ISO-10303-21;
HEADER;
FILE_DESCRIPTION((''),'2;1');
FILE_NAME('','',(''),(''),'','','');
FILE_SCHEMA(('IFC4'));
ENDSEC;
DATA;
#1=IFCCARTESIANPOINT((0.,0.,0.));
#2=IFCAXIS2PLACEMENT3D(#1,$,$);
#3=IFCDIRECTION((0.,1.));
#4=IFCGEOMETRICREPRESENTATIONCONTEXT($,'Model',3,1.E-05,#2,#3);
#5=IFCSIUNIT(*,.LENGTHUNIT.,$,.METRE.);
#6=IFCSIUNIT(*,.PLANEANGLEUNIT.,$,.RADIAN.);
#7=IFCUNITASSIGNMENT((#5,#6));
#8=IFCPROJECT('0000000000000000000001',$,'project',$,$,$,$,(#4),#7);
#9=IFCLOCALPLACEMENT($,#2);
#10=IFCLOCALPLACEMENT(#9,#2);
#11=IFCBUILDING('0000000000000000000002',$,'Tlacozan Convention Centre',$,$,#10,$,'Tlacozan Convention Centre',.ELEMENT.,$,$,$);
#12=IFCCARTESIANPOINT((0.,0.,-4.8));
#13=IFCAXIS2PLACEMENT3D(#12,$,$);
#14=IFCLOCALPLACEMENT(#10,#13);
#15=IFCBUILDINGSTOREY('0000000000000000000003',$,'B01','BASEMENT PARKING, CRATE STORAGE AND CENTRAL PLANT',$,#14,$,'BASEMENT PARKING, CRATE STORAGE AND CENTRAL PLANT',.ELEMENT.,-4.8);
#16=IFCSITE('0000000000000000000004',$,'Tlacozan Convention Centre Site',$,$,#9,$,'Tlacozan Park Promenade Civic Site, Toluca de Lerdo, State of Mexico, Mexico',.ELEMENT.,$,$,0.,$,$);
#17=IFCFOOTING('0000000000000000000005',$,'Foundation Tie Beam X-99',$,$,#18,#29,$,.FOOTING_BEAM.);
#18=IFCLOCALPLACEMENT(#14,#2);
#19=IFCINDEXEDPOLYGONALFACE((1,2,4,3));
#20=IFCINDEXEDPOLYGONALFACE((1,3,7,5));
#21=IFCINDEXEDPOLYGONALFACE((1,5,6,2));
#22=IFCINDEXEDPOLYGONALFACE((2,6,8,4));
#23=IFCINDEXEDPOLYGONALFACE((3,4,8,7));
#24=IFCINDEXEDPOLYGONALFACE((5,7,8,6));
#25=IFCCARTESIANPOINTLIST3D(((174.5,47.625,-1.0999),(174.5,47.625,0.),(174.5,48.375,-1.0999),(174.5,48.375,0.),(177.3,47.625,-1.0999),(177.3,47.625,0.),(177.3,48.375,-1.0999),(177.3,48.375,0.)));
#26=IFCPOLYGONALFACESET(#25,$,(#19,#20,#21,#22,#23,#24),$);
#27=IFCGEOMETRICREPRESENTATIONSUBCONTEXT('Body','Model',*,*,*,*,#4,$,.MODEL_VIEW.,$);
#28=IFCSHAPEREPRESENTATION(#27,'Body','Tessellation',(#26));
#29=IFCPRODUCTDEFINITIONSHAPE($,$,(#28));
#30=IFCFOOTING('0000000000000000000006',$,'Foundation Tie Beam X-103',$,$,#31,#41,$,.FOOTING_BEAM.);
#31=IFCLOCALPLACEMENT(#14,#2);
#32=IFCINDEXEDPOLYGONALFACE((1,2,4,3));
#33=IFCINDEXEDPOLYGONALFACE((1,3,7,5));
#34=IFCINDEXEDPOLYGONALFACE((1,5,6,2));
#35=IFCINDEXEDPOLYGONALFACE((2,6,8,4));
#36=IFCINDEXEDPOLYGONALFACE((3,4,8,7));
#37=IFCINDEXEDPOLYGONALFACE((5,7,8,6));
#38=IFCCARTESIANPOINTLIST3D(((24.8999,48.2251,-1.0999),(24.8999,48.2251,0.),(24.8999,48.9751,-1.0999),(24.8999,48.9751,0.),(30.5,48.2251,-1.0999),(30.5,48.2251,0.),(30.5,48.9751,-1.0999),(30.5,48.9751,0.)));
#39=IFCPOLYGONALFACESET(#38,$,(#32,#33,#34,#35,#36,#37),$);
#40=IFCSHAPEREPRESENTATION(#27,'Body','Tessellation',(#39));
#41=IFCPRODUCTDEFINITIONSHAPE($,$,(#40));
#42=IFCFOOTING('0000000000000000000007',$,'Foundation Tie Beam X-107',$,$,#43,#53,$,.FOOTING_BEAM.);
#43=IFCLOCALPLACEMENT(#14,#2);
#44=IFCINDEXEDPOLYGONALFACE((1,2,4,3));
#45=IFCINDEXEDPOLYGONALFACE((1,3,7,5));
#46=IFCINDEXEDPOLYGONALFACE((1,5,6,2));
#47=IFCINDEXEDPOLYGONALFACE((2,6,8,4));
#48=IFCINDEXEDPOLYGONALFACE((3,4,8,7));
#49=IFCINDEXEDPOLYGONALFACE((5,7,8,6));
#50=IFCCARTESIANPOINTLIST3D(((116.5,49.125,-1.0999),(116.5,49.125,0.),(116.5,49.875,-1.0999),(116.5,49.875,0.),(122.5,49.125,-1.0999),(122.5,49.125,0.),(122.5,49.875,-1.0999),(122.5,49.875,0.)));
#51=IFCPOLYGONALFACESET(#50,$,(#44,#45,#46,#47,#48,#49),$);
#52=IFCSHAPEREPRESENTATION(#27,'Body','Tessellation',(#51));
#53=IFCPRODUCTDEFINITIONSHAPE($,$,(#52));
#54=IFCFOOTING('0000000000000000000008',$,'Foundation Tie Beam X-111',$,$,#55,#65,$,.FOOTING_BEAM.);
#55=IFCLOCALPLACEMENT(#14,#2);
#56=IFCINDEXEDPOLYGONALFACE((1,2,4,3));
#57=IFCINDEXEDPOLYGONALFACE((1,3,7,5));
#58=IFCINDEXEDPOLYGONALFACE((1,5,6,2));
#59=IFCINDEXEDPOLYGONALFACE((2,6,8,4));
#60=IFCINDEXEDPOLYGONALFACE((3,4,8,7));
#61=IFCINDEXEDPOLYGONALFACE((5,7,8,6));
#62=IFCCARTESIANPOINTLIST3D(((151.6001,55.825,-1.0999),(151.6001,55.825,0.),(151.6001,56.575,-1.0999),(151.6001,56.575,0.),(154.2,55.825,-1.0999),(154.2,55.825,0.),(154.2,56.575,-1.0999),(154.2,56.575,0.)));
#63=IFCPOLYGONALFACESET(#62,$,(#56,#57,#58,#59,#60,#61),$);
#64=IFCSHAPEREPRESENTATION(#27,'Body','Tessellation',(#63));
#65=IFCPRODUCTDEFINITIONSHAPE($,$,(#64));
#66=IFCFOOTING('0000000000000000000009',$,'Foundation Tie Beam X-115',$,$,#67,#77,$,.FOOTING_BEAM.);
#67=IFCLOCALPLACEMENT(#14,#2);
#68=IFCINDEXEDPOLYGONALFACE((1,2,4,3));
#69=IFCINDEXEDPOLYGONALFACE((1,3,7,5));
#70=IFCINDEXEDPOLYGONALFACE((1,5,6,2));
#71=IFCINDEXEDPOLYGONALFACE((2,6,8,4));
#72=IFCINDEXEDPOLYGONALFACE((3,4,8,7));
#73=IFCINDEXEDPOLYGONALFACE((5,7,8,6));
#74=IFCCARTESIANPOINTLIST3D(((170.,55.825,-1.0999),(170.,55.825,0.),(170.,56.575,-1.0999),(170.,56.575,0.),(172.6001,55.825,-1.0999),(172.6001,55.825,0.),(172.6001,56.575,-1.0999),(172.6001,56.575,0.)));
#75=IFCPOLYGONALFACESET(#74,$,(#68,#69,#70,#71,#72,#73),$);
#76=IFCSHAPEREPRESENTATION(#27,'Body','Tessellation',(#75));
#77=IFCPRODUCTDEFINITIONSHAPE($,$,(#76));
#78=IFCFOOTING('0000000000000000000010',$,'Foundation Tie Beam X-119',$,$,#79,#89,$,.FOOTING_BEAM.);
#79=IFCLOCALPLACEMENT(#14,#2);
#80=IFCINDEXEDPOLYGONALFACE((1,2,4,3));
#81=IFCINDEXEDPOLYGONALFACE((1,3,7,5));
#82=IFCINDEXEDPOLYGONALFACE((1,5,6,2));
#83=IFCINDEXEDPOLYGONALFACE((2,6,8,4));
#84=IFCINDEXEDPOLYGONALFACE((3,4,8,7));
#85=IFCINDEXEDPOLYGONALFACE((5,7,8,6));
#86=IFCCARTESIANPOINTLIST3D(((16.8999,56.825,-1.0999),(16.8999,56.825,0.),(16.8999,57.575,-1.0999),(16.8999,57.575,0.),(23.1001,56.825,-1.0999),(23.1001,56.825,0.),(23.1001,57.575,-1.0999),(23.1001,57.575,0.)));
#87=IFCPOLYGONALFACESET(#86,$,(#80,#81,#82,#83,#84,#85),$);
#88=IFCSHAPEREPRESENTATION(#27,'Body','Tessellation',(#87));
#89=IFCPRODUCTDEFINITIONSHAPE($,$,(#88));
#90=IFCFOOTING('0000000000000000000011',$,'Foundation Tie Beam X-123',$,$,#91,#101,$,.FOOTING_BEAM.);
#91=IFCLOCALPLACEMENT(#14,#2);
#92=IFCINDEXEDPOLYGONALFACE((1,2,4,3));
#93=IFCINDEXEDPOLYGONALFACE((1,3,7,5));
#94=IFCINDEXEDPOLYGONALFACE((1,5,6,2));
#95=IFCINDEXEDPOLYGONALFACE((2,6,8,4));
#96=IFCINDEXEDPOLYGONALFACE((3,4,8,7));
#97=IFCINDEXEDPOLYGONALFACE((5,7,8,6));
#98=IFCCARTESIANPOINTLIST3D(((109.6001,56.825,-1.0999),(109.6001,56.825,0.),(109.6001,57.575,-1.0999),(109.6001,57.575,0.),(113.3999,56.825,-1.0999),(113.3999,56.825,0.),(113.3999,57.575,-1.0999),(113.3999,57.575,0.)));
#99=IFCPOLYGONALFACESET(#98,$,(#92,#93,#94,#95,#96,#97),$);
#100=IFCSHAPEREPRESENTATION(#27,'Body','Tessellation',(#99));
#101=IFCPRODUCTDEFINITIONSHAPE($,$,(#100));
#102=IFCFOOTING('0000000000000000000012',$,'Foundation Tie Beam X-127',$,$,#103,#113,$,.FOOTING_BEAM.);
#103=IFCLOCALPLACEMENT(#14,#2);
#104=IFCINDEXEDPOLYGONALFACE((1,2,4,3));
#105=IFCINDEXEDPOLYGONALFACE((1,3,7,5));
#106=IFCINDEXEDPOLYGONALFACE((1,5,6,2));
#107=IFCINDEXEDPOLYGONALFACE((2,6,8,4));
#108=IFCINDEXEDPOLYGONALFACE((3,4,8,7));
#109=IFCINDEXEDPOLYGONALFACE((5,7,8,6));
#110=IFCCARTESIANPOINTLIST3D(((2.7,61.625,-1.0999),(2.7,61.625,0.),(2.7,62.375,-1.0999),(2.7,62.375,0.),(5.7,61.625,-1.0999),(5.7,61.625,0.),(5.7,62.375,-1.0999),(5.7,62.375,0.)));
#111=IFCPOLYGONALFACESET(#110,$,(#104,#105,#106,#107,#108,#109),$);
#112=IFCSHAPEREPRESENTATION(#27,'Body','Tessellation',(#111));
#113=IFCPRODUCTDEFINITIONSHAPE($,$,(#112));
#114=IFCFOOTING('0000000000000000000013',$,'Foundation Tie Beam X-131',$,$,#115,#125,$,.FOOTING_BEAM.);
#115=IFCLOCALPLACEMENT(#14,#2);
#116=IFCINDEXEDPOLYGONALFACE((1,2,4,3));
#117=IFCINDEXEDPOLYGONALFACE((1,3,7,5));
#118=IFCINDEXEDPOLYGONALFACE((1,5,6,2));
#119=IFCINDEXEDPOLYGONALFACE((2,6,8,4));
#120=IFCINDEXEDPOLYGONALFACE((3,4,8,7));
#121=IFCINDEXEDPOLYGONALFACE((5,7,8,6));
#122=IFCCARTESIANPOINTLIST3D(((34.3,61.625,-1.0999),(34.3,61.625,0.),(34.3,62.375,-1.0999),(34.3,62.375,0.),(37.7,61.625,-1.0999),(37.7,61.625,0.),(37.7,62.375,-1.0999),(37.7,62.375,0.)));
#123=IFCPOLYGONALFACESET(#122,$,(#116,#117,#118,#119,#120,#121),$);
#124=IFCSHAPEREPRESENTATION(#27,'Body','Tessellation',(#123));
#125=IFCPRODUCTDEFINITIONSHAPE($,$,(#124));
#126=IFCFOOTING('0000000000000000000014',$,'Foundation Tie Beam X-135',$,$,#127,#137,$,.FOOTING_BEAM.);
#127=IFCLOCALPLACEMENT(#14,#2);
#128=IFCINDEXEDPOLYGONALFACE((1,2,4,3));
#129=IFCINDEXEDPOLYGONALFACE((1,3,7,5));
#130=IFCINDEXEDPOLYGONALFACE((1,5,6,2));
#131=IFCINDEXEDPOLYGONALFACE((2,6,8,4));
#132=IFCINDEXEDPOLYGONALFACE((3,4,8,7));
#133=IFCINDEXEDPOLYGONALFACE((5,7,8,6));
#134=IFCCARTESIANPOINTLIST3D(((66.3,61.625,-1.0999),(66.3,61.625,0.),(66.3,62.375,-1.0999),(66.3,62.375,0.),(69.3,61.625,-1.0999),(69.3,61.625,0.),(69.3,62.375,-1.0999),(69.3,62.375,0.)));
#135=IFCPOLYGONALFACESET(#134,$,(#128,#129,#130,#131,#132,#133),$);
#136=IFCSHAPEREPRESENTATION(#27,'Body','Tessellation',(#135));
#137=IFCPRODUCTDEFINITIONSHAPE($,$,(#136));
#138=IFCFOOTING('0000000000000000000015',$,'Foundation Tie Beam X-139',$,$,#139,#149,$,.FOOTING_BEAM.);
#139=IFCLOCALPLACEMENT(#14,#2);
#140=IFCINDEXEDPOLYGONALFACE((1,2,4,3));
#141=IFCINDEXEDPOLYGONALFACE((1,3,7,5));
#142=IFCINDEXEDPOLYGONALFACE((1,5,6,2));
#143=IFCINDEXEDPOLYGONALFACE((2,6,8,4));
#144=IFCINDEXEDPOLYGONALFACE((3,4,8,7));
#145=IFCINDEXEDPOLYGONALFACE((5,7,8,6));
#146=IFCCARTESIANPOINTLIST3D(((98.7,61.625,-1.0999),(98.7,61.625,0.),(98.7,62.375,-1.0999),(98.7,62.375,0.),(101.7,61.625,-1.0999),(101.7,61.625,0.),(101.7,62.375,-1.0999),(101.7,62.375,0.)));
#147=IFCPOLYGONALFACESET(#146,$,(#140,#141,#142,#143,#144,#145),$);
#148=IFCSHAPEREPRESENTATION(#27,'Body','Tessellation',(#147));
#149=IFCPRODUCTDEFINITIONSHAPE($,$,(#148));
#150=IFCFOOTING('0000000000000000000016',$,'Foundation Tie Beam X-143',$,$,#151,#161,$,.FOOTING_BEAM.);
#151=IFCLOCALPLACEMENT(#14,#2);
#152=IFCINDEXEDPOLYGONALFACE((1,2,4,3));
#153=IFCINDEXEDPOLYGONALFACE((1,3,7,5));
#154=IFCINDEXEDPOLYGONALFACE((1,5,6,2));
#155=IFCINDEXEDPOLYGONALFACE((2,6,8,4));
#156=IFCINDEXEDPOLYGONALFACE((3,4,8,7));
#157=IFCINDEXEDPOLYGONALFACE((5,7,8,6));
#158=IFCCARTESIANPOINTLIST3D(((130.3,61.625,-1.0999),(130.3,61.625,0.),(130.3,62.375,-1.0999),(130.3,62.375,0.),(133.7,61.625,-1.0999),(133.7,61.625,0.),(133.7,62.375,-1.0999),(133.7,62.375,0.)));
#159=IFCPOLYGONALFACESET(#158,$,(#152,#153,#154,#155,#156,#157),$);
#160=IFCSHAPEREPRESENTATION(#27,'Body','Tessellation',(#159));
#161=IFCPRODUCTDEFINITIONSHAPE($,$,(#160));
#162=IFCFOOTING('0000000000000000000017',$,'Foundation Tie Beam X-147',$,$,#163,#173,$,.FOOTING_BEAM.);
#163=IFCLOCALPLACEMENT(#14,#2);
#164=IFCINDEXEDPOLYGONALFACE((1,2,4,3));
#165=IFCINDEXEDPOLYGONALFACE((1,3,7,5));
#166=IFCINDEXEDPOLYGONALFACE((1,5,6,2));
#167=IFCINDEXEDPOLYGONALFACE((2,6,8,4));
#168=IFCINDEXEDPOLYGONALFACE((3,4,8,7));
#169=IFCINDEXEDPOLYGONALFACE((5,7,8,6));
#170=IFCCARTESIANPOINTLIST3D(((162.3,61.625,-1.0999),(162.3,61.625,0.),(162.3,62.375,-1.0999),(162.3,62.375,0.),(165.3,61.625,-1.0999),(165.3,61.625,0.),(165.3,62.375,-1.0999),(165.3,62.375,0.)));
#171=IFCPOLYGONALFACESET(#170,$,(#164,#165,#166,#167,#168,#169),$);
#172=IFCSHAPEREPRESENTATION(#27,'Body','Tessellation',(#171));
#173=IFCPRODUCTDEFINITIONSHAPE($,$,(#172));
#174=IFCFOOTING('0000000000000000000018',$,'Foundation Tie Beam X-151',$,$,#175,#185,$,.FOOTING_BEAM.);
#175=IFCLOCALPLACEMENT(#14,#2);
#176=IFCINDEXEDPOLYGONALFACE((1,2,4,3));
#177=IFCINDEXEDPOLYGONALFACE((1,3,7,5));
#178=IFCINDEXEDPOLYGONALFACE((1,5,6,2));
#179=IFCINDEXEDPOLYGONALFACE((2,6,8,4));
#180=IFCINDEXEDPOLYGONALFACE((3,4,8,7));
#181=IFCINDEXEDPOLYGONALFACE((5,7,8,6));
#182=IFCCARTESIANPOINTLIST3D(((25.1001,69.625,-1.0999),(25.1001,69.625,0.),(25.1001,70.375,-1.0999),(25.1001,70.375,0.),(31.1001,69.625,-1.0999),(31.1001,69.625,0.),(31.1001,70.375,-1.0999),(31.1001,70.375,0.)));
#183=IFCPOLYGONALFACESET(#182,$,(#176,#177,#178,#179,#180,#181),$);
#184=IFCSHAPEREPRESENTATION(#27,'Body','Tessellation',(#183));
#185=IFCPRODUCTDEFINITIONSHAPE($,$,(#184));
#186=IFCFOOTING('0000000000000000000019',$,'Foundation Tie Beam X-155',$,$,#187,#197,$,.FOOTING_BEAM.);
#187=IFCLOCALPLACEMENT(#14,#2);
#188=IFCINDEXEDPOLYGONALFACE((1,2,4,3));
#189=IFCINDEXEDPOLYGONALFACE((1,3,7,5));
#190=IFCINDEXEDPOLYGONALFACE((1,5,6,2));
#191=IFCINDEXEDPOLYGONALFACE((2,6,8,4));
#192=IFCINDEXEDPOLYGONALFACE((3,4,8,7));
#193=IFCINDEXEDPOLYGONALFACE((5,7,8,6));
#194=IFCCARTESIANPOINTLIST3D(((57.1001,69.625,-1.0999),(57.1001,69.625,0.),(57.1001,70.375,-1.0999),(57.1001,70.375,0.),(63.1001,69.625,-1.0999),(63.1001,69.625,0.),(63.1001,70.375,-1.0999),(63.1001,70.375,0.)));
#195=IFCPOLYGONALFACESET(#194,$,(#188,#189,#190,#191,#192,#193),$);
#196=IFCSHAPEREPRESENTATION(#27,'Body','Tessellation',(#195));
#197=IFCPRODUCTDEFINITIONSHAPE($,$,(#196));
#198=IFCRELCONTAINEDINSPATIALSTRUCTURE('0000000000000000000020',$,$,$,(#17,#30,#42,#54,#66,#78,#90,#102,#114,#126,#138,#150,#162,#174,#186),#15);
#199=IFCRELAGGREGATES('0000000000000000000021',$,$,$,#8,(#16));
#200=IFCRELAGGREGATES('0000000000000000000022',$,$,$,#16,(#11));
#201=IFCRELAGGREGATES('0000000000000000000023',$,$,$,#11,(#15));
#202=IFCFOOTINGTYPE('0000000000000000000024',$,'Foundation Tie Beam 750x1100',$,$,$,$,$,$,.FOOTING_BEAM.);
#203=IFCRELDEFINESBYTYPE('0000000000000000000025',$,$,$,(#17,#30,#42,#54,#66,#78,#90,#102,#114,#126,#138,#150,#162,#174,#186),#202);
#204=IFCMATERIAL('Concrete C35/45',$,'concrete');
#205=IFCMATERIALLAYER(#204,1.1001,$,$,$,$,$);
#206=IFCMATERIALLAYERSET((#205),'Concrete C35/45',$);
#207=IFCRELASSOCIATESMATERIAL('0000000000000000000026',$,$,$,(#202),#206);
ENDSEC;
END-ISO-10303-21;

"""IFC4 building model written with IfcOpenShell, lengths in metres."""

from ifc_helpers import new_model, si_unit, direction, frame, origin, place, context, subcontext, project, spatial, polyline, outline, extrude, material, layer, layer_set, type_object, element, save


model = new_model("IFC4")

# Units and contexts
model_context = context("Model", 3, precision=1e-05, world=origin(), true_north=direction((0.0, 1.0)))
body_context = subcontext(model_context, "Body", "Model", "MODEL_VIEW")
ifc_project = project(units=[si_unit("LENGTHUNIT", "METRE"), si_unit("PLANEANGLEUNIT", "RADIAN")], contexts=[model_context])

# Site, building, storey
site_placement = place(None, origin())
site = spatial("IfcSite", under=ifc_project, at=site_placement, Name="Tlacozan Convention Centre Site", LongName="Tlacozan Park Promenade Civic Site, Toluca de Lerdo, State of Mexico, Mexico", CompositionType="ELEMENT", RefElevation=0.0)
building_placement = place(site_placement, origin())
building = spatial("IfcBuilding", under=site, at=building_placement, Name="Tlacozan Convention Centre", LongName="Tlacozan Convention Centre", CompositionType="ELEMENT")
storey_placement = place(building_placement, frame((0.0, 0.0, -4.8)))
storey = spatial("IfcBuildingStorey", under=building, at=storey_placement, Name="B01", Description="BASEMENT PARKING, CRATE STORAGE AND CENTRAL PLANT", LongName="BASEMENT PARKING, CRATE STORAGE AND CENTRAL PLANT", CompositionType="ELEMENT", Elevation=-4.8)

# Footings
ifc_material = material(Name="Concrete C35/45", Category="concrete")
ifc_layer = layer(ifc_material, 1.1001)
ifc_layer_set = layer_set([ifc_layer], Name="Concrete C35/45")
footing_type = type_object("IfcFootingType", Name="Foundation Tie Beam 750x1100", PredefinedType="FOOTING_BEAM", material=ifc_layer_set)
footing_1_placement = place(storey_placement, frame((0.0, 0.0, -1.0999)))
element("IfcFooting", 1, at=footing_1_placement, inside=storey, type_object=footing_type, Name="Foundation Tie Beam X-99", PredefinedType="FOOTING_BEAM", context=body_context, shape_type="SweptSolid", body=[
    extrude(outline(polyline([(174.5, 47.625), (177.3, 47.625), (177.3, 48.375), (174.5, 48.375), (174.5, 47.625)])), origin(), (0.0, 0.0, 1.0), 1.0999),
])
footing_2_placement = place(storey_placement, frame((0.0, 0.0, -1.0999)))
element("IfcFooting", 2, at=footing_2_placement, inside=storey, type_object=footing_type, Name="Foundation Tie Beam X-103", PredefinedType="FOOTING_BEAM", context=body_context, shape_type="SweptSolid", body=[
    extrude(outline(polyline([(24.8999, 48.2251), (30.5, 48.2251), (30.5, 48.9751), (24.8999, 48.9751), (24.8999, 48.2251)])), origin(), (0.0, 0.0, 1.0), 1.0999),
])
footing_3_placement = place(storey_placement, frame((0.0, 0.0, -1.0999)))
element("IfcFooting", 3, at=footing_3_placement, inside=storey, type_object=footing_type, Name="Foundation Tie Beam X-107", PredefinedType="FOOTING_BEAM", context=body_context, shape_type="SweptSolid", body=[
    extrude(outline(polyline([(116.5, 49.125), (122.5, 49.125), (122.5, 49.875), (116.5, 49.875), (116.5, 49.125)])), origin(), (0.0, 0.0, 1.0), 1.0999),
])
footing_4_placement = place(storey_placement, frame((0.0, 0.0, -1.0999)))
element("IfcFooting", 4, at=footing_4_placement, inside=storey, type_object=footing_type, Name="Foundation Tie Beam X-111", PredefinedType="FOOTING_BEAM", context=body_context, shape_type="SweptSolid", body=[
    extrude(outline(polyline([(151.6001, 55.825), (154.2, 55.825), (154.2, 56.575), (151.6001, 56.575), (151.6001, 55.825)])), origin(), (0.0, 0.0, 1.0), 1.0999),
])
footing_5_placement = place(storey_placement, frame((0.0, 0.0, -1.0999)))
element("IfcFooting", 5, at=footing_5_placement, inside=storey, type_object=footing_type, Name="Foundation Tie Beam X-115", PredefinedType="FOOTING_BEAM", context=body_context, shape_type="SweptSolid", body=[
    extrude(outline(polyline([(170.0, 55.825), (172.6001, 55.825), (172.6001, 56.575), (170.0, 56.575), (170.0, 55.825)])), origin(), (0.0, 0.0, 1.0), 1.0999),
])
footing_6_placement = place(storey_placement, frame((0.0, 0.0, -1.0999)))
element("IfcFooting", 6, at=footing_6_placement, inside=storey, type_object=footing_type, Name="Foundation Tie Beam X-119", PredefinedType="FOOTING_BEAM", context=body_context, shape_type="SweptSolid", body=[
    extrude(outline(polyline([(16.8999, 56.825), (23.1001, 56.825), (23.1001, 57.575), (16.8999, 57.575), (16.8999, 56.825)])), origin(), (0.0, 0.0, 1.0), 1.0999),
])
footing_7_placement = place(storey_placement, frame((0.0, 0.0, -1.0999)))
element("IfcFooting", 7, at=footing_7_placement, inside=storey, type_object=footing_type, Name="Foundation Tie Beam X-123", PredefinedType="FOOTING_BEAM", context=body_context, shape_type="SweptSolid", body=[
    extrude(outline(polyline([(109.6001, 56.825), (113.3999, 56.825), (113.3999, 57.575), (109.6001, 57.575), (109.6001, 56.825)])), origin(), (0.0, 0.0, 1.0), 1.0999),
])
footing_8_placement = place(storey_placement, frame((0.0, 0.0, -1.0999)))
element("IfcFooting", 8, at=footing_8_placement, inside=storey, type_object=footing_type, Name="Foundation Tie Beam X-127", PredefinedType="FOOTING_BEAM", context=body_context, shape_type="SweptSolid", body=[
    extrude(outline(polyline([(2.7, 61.625), (5.7, 61.625), (5.7, 62.375), (2.7, 62.375), (2.7, 61.625)])), origin(), (0.0, 0.0, 1.0), 1.0999),
])
footing_9_placement = place(storey_placement, frame((0.0, 0.0, -1.0999)))
element("IfcFooting", 9, at=footing_9_placement, inside=storey, type_object=footing_type, Name="Foundation Tie Beam X-131", PredefinedType="FOOTING_BEAM", context=body_context, shape_type="SweptSolid", body=[
    extrude(outline(polyline([(34.3, 61.625), (37.7, 61.625), (37.7, 62.375), (34.3, 62.375), (34.3, 61.625)])), origin(), (0.0, 0.0, 1.0), 1.0999),
])
footing_10_placement = place(storey_placement, frame((0.0, 0.0, -1.0999)))
element("IfcFooting", 10, at=footing_10_placement, inside=storey, type_object=footing_type, Name="Foundation Tie Beam X-135", PredefinedType="FOOTING_BEAM", context=body_context, shape_type="SweptSolid", body=[
    extrude(outline(polyline([(66.3, 61.625), (69.3, 61.625), (69.3, 62.375), (66.3, 62.375), (66.3, 61.625)])), origin(), (0.0, 0.0, 1.0), 1.0999),
])
footing_11_placement = place(storey_placement, frame((0.0, 0.0, -1.0999)))
element("IfcFooting", 11, at=footing_11_placement, inside=storey, type_object=footing_type, Name="Foundation Tie Beam X-139", PredefinedType="FOOTING_BEAM", context=body_context, shape_type="SweptSolid", body=[
    extrude(outline(polyline([(98.7, 61.625), (101.7, 61.625), (101.7, 62.375), (98.7, 62.375), (98.7, 61.625)])), origin(), (0.0, 0.0, 1.0), 1.0999),
])
footing_12_placement = place(storey_placement, frame((0.0, 0.0, -1.0999)))
element("IfcFooting", 12, at=footing_12_placement, inside=storey, type_object=footing_type, Name="Foundation Tie Beam X-143", PredefinedType="FOOTING_BEAM", context=body_context, shape_type="SweptSolid", body=[
    extrude(outline(polyline([(130.3, 61.625), (133.7, 61.625), (133.7, 62.375), (130.3, 62.375), (130.3, 61.625)])), origin(), (0.0, 0.0, 1.0), 1.0999),
])
footing_13_placement = place(storey_placement, frame((0.0, 0.0, -1.0999)))
element("IfcFooting", 13, at=footing_13_placement, inside=storey, type_object=footing_type, Name="Foundation Tie Beam X-147", PredefinedType="FOOTING_BEAM", context=body_context, shape_type="SweptSolid", body=[
    extrude(outline(polyline([(162.3, 61.625), (165.3, 61.625), (165.3, 62.375), (162.3, 62.375), (162.3, 61.625)])), origin(), (0.0, 0.0, 1.0), 1.0999),
])
footing_14_placement = place(storey_placement, frame((0.0, 0.0, -1.0999)))
element("IfcFooting", 14, at=footing_14_placement, inside=storey, type_object=footing_type, Name="Foundation Tie Beam X-151", PredefinedType="FOOTING_BEAM", context=body_context, shape_type="SweptSolid", body=[
    extrude(outline(polyline([(25.1001, 69.625), (31.1001, 69.625), (31.1001, 70.375), (25.1001, 70.375), (25.1001, 69.625)])), origin(), (0.0, 0.0, 1.0), 1.0999),
])
footing_15_placement = place(storey_placement, frame((0.0, 0.0, -1.0999)))
element("IfcFooting", 15, at=footing_15_placement, inside=storey, type_object=footing_type, Name="Foundation Tie Beam X-155", PredefinedType="FOOTING_BEAM", context=body_context, shape_type="SweptSolid", body=[
    extrude(outline(polyline([(57.1001, 69.625), (63.1001, 69.625), (63.1001, 70.375), (57.1001, 70.375), (57.1001, 69.625)])), origin(), (0.0, 0.0, 1.0), 1.0999),
])

save(model, "model.ifc")
